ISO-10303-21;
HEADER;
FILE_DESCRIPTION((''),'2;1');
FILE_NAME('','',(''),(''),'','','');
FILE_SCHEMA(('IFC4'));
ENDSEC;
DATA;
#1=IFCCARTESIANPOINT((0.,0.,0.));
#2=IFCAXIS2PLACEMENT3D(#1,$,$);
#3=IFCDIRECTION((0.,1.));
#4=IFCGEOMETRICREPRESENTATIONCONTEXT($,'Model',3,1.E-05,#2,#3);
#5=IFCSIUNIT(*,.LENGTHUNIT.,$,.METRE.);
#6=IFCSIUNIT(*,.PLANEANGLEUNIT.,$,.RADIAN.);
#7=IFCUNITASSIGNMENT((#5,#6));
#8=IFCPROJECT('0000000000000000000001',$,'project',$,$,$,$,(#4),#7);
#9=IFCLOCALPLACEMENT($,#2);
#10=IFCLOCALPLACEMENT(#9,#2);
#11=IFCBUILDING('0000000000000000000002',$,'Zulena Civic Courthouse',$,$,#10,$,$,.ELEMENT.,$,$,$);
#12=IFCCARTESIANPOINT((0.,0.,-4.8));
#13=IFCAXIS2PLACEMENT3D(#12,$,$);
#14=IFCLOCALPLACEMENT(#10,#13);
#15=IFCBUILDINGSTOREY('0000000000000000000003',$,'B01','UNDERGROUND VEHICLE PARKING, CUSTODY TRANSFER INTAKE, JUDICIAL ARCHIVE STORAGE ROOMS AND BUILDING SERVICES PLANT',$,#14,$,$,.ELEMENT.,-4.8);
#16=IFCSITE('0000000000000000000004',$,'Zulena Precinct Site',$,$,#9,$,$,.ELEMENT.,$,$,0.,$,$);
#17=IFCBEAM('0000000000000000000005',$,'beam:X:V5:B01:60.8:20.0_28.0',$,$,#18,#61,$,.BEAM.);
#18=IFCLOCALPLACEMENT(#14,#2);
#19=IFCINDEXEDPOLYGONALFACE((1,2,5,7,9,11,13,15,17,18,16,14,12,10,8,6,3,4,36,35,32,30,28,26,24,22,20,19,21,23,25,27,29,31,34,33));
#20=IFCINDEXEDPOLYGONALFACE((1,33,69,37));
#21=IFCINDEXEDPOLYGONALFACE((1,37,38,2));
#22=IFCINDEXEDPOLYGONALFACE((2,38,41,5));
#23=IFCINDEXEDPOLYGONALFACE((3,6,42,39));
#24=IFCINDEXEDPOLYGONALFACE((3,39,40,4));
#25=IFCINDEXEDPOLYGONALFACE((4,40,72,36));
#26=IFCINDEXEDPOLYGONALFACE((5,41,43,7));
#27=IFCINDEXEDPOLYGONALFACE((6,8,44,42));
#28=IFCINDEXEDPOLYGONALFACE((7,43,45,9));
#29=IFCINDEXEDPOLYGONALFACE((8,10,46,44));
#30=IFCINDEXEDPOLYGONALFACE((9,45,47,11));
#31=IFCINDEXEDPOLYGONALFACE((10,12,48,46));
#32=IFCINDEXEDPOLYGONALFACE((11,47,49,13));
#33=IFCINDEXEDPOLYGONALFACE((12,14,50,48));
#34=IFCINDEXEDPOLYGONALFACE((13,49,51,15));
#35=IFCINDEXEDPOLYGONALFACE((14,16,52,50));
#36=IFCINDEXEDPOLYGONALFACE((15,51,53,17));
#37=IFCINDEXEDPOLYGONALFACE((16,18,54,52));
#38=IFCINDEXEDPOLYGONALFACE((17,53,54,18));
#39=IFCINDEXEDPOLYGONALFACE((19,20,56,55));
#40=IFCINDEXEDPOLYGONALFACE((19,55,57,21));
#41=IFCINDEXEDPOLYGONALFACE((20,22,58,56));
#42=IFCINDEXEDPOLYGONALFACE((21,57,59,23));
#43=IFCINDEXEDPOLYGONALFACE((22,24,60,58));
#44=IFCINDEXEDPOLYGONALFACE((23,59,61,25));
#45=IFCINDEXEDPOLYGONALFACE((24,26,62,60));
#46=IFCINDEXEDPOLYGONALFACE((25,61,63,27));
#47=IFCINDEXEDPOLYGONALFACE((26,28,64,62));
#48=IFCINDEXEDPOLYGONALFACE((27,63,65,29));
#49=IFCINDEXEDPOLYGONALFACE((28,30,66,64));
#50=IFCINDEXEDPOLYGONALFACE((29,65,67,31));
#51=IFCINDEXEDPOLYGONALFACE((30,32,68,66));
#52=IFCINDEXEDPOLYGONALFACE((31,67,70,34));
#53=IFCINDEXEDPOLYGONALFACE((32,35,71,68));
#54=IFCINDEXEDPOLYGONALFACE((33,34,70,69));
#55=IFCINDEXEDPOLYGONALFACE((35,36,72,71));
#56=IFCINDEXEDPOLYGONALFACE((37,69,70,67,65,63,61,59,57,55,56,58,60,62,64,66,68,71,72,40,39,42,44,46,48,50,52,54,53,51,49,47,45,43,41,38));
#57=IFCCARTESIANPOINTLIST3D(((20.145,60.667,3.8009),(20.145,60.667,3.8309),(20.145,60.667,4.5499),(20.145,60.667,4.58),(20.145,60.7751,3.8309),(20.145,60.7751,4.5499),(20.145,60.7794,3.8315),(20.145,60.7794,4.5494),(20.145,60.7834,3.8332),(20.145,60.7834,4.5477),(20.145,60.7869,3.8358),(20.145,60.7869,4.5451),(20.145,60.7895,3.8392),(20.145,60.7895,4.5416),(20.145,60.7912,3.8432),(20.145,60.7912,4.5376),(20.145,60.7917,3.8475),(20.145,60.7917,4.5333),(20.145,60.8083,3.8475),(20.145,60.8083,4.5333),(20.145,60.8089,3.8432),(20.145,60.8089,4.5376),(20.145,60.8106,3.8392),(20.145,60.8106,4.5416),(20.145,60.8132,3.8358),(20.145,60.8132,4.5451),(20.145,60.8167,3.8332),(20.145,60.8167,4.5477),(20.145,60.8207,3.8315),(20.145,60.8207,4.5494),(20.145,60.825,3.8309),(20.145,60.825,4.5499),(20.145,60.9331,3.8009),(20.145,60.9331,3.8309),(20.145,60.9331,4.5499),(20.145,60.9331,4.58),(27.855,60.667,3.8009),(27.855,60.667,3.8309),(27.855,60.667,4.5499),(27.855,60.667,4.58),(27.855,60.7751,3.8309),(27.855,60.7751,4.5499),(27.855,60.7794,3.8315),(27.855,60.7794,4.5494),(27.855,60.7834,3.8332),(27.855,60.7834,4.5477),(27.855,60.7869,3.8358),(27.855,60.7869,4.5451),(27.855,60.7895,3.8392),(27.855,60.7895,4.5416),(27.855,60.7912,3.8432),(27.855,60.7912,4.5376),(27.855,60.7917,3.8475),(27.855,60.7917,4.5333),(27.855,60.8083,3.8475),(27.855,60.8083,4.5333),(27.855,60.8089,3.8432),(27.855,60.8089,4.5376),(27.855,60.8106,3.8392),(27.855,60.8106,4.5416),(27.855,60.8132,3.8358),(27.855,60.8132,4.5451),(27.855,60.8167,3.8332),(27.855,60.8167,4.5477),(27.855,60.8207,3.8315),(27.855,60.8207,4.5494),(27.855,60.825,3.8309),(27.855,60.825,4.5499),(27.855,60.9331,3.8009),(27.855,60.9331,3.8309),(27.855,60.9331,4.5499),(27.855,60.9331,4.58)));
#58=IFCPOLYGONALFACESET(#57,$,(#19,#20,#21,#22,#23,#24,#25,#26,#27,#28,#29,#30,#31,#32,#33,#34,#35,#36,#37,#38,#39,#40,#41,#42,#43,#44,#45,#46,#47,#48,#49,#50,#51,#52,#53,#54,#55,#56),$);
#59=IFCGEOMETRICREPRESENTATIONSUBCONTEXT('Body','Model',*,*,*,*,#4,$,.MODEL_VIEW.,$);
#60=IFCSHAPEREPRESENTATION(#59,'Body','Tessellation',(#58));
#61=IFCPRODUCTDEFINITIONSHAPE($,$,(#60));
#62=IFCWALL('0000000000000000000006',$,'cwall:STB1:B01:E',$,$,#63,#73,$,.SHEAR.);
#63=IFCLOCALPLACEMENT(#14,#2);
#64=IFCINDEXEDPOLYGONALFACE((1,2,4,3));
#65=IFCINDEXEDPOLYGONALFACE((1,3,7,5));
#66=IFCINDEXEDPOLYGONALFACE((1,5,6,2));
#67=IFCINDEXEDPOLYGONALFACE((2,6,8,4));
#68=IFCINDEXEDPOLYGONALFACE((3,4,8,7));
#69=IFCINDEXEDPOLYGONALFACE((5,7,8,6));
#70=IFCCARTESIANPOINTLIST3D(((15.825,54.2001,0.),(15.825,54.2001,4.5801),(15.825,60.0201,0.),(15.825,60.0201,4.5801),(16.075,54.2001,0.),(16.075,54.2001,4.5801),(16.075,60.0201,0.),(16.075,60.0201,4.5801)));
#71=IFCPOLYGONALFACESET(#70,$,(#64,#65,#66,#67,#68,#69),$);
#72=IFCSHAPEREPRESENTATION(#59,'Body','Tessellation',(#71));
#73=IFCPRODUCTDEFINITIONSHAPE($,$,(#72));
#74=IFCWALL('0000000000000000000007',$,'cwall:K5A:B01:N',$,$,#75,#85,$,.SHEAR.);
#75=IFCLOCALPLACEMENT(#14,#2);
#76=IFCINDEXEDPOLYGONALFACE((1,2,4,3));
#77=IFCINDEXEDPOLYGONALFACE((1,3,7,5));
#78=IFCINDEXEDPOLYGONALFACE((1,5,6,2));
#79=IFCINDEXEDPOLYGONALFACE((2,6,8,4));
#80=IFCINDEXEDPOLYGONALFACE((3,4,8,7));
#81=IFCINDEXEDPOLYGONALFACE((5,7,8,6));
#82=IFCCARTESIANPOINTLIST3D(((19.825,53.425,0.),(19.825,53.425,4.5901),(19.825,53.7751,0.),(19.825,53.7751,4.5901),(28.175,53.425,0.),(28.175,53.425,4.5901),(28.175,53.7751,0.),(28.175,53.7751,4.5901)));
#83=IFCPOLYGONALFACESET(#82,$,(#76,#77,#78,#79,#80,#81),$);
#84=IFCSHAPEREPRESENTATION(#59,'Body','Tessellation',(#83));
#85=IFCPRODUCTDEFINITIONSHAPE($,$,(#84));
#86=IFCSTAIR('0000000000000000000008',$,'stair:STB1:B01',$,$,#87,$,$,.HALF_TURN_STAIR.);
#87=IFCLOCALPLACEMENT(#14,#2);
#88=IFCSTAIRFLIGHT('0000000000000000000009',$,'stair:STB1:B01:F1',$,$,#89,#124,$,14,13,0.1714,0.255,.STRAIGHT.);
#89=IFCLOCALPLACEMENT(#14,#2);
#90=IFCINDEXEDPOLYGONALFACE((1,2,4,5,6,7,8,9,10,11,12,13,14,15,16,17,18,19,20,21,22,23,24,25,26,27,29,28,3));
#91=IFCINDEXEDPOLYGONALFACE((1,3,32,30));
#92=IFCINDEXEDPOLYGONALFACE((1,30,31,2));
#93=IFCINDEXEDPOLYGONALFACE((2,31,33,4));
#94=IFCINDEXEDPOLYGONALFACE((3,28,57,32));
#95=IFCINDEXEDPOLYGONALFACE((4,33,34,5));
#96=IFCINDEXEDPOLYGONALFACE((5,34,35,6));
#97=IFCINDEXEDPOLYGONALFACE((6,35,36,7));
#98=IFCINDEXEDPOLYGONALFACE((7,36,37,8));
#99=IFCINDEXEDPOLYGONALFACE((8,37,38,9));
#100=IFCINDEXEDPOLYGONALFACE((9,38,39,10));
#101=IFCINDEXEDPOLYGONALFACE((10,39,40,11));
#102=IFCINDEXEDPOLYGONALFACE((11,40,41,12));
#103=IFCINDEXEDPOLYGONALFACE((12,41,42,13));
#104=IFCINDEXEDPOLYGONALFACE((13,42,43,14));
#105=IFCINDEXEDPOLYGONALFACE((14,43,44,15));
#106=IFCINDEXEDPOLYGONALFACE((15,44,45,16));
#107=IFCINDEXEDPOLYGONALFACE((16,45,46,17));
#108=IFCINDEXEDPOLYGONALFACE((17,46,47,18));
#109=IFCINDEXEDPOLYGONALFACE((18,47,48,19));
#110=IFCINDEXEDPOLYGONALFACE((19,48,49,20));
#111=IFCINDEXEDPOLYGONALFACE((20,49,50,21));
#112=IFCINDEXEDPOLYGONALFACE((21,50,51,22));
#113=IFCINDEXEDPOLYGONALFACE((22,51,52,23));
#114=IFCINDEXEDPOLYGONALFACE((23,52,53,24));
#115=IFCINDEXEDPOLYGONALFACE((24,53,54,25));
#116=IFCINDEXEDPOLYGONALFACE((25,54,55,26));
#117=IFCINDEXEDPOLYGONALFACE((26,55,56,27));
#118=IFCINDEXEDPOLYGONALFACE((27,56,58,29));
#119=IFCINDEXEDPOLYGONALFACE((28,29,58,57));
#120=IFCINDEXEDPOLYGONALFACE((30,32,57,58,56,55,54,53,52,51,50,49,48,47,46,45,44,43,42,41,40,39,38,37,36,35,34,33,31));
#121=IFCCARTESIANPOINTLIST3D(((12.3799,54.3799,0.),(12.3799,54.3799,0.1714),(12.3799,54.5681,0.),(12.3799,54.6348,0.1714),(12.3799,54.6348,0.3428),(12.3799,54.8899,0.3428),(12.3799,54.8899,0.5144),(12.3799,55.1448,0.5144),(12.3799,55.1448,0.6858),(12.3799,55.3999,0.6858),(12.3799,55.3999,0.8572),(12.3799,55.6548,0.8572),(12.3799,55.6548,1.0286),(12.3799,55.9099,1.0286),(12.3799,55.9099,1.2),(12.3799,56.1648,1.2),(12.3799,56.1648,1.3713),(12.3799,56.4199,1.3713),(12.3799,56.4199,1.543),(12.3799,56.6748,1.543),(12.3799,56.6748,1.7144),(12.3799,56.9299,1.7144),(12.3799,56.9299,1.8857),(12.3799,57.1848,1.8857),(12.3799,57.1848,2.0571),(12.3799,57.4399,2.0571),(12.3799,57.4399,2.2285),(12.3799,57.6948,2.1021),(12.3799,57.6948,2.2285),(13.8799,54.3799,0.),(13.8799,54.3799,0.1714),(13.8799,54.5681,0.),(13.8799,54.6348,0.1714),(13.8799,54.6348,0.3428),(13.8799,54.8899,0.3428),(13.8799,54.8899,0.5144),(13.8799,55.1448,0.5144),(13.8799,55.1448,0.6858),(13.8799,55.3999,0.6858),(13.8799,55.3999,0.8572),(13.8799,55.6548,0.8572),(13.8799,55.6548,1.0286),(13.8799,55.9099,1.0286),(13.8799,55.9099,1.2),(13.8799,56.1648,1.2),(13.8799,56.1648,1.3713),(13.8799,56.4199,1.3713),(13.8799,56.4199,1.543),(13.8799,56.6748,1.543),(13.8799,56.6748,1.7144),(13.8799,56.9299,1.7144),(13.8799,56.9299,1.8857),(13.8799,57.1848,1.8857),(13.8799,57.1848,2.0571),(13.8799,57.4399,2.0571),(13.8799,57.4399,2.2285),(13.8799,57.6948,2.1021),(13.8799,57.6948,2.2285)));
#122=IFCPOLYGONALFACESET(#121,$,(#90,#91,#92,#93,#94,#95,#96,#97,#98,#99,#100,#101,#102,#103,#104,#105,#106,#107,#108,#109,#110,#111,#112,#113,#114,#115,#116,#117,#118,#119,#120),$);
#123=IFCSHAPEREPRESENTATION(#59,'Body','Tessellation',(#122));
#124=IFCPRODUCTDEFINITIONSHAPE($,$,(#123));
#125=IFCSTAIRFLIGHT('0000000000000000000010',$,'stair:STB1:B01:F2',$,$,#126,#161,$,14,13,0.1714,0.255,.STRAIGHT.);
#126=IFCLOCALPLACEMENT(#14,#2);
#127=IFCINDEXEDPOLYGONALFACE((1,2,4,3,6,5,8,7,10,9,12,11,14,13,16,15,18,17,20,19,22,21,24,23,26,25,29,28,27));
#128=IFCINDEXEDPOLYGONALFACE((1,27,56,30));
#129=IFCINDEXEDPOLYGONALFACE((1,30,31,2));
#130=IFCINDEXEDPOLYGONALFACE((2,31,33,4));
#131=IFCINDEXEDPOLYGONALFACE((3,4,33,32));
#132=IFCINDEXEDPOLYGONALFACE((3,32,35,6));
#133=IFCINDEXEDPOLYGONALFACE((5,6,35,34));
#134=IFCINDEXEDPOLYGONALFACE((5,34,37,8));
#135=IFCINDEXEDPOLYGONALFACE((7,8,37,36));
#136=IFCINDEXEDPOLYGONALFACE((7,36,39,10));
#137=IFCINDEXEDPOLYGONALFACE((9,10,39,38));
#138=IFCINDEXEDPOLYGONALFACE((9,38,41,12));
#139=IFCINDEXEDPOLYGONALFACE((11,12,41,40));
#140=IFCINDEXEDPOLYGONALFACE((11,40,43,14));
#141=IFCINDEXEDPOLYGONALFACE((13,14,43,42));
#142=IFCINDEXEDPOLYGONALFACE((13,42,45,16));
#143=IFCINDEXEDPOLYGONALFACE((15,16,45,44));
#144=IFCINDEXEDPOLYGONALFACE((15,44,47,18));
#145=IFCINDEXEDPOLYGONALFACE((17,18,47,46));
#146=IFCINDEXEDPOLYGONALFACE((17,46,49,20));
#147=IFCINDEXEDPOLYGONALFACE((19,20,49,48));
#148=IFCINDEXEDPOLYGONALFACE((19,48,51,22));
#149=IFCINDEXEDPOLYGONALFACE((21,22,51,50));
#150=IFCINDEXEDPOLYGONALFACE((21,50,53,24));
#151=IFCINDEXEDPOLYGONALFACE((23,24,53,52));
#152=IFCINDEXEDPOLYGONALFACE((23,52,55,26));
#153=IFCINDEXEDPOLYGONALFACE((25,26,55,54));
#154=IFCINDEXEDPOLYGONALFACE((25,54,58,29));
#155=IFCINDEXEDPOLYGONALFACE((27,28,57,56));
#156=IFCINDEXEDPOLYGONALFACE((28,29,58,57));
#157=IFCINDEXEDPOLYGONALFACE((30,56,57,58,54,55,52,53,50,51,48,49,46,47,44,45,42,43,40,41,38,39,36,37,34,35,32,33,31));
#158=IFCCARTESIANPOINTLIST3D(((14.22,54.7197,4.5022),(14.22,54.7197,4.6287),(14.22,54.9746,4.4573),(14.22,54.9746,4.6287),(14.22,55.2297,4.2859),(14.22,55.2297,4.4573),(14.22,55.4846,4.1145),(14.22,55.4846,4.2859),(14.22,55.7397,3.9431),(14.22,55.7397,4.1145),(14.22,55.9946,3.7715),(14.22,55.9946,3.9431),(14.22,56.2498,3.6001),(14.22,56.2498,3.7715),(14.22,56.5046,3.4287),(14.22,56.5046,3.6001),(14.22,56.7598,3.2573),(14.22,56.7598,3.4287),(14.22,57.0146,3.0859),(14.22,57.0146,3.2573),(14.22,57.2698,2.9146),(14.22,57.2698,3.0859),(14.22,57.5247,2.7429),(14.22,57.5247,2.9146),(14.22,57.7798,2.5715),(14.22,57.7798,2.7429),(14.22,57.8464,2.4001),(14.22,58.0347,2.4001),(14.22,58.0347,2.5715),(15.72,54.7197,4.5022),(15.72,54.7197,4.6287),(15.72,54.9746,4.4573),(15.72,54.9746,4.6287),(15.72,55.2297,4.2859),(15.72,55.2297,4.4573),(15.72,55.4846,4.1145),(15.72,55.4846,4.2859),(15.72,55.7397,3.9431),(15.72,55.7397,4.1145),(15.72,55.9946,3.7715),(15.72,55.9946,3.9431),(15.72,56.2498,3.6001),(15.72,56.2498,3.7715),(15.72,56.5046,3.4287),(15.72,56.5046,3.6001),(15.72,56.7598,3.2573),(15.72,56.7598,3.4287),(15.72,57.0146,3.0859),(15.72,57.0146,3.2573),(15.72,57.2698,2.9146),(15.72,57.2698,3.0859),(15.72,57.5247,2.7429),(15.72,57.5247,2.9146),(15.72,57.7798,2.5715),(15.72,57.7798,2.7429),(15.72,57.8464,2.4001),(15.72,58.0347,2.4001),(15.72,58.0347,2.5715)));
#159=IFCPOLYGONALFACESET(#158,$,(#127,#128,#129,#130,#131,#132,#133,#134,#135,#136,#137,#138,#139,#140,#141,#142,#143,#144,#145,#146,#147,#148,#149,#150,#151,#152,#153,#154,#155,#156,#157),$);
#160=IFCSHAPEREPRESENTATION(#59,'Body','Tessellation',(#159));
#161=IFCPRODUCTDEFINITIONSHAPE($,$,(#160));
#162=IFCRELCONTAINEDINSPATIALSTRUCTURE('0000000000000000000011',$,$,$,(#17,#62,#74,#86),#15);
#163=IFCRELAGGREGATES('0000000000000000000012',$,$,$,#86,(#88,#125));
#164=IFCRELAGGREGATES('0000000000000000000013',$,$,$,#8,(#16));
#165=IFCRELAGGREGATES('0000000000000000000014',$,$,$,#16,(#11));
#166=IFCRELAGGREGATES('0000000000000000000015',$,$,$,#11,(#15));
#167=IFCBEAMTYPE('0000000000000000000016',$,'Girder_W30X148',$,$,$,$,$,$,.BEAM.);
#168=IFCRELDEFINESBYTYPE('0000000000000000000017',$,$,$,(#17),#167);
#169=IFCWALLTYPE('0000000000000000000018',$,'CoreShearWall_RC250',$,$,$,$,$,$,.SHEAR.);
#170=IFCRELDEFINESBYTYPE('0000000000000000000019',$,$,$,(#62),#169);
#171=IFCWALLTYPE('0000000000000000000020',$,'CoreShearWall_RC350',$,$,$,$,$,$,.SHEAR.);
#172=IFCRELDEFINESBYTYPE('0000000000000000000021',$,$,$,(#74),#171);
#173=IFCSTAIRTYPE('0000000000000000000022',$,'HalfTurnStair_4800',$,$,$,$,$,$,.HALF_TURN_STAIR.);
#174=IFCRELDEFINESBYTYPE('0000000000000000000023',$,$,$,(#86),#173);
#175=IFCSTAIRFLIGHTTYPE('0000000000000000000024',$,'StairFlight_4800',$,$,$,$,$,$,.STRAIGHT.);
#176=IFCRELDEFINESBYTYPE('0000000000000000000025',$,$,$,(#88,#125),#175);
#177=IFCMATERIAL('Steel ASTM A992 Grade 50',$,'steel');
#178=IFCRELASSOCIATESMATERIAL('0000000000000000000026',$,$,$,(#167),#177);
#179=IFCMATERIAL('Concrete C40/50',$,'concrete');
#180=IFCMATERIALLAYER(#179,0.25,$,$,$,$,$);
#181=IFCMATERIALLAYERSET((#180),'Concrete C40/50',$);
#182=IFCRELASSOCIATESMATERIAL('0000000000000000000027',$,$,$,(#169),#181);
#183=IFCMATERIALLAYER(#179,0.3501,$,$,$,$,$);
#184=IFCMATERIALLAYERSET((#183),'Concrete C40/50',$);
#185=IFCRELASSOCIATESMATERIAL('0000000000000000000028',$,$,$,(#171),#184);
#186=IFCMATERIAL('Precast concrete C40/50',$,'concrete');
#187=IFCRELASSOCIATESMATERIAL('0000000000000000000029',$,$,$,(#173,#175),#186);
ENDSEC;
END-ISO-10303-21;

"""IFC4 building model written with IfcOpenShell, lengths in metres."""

from ifc_helpers import new_model, si_unit, direction, frame, frame_2d, origin, origin_2d, place, context, subcontext, project, spatial, polyline, rectangle, i_section, outline, extrude, material, layer, layer_set, material_profile, profile_set, type_object, element, aggregate, save


model = new_model("IFC4")

# Units and contexts
model_context = context("Model", 3, precision=1e-05, world=origin(), true_north=direction((0.0, 1.0)))
body_context = subcontext(model_context, "Body", "Model", "MODEL_VIEW")
ifc_project = project(units=[si_unit("LENGTHUNIT", "METRE"), si_unit("PLANEANGLEUNIT", "RADIAN")], contexts=[model_context])

# Site, building, storey
site_placement = place(None, origin())
site = spatial("IfcSite", under=ifc_project, at=site_placement, Name="Zulena Precinct Site", CompositionType="ELEMENT", RefElevation=0.0)
building_placement = place(site_placement, origin())
building = spatial("IfcBuilding", under=site, at=building_placement, Name="Zulena Civic Courthouse", CompositionType="ELEMENT")
storey_placement = place(building_placement, frame((0.0, 0.0, -4.8)))
storey = spatial("IfcBuildingStorey", under=building, at=storey_placement, Name="B01", Description="UNDERGROUND VEHICLE PARKING, CUSTODY TRANSFER INTAKE, JUDICIAL ARCHIVE STORAGE ROOMS AND BUILDING SERVICES PLANT", CompositionType="ELEMENT", Elevation=-4.8)

# Shared definitions
ifc_material_1 = material(Name="Concrete C40/50", Category="concrete")

# Shared definitions
ifc_material_2 = material(Name="Steel ASTM A992 Grade 50", Category="steel")

# Beam
ifc_material_profile_1 = material_profile(ifc_material_2, i_section(OverallWidth=0.2661, OverallDepth=0.7791, WebThickness=0.0166, FlangeThickness=0.03, FilletRadius=0.0166, at=origin_2d()), Name="W30X148")
ifc_profile_set_1 = profile_set([ifc_material_profile_1], Name="Steel ASTM A992 Grade 50")
beam_type_1 = type_object("IfcBeamType", Name="Girder_W30X148", PredefinedType="BEAM", material=ifc_profile_set_1)
beam_1_placement = place(storey_placement, frame((20.145, 60.8, 4.1904), z_axis=(1.0, 0.0, 0.0), x_axis=(0.0, 1.0, 0.0)))
element("IfcBeam", 1, at=beam_1_placement, inside=storey, type_object=beam_type_1, Name="beam:X:V5:B01:60.8:20.0_28.0", PredefinedType="BEAM", context=body_context, shape_type="SweptSolid", body=[
    extrude(i_section(OverallWidth=0.2661, OverallDepth=0.7791, WebThickness=0.0166, FlangeThickness=0.03, FilletRadius=0.0166, at=origin_2d()), origin(), (0.0, 0.0, 1.0), 7.71),
])

# Walls
ifc_layer_1 = layer(ifc_material_1, 0.25)
ifc_layer_set_1 = layer_set([ifc_layer_1], Name="Concrete C40/50")
wall_type_1 = type_object("IfcWallType", Name="CoreShearWall_RC250", PredefinedType="SHEAR", material=ifc_layer_set_1)
wall_1_placement = place(storey_placement, frame((15.95, 54.2, 0.0), z_axis=(0.0, 0.0, 1.0), x_axis=(0.0, 1.0, 0.0)))
element("IfcWall", 2, at=wall_1_placement, inside=storey, type_object=wall_type_1, Name="cwall:STB1:B01:E", PredefinedType="SHEAR", context=body_context, shape_type="SweptSolid", body=[
    extrude(rectangle(XDim=5.8201, YDim=0.25, at=frame_2d((2.9102, 0.0))), origin(), (0.0, 0.0, 1.0), 4.5801),
])
ifc_layer_2 = layer(ifc_material_1, 0.3501)
ifc_layer_set_2 = layer_set([ifc_layer_2], Name="Concrete C40/50")
wall_type_2 = type_object("IfcWallType", Name="CoreShearWall_RC350", PredefinedType="SHEAR", material=ifc_layer_set_2)
wall_2_placement = place(storey_placement, frame((19.825, 53.6001, 0.0), z_axis=(0.0, 0.0, 1.0), x_axis=(1.0, 0.0, 0.0)))
element("IfcWall", 3, at=wall_2_placement, inside=storey, type_object=wall_type_2, Name="cwall:K5A:B01:N", PredefinedType="SHEAR", context=body_context, shape_type="SweptSolid", body=[
    extrude(rectangle(XDim=8.3501, YDim=0.3501, at=frame_2d((4.175, 0.0))), origin(), (0.0, 0.0, 1.0), 4.5901),
])

# Stair, stair flights
ifc_material_3 = material(Name="Precast concrete C40/50", Category="concrete")
stair_type = type_object("IfcStairType", Name="HalfTurnStair_4800", PredefinedType="HALF_TURN_STAIR", material=ifc_material_3)
stair_placement = place(storey_placement, origin())
stair = element("IfcStair", 4, at=stair_placement, inside=storey, type_object=stair_type, Name="stair:STB1:B01", PredefinedType="HALF_TURN_STAIR")
stair_flight_type = type_object("IfcStairFlightType", Name="StairFlight_4800", PredefinedType="STRAIGHT", material=ifc_material_3)
stair_flight_1_placement = place(storey_placement, frame((13.1299, 54.3799, 0.0), z_axis=(0.0, 0.0, 1.0), x_axis=(0.0, 1.0, 0.0)))
stair_flight_1 = element("IfcStairFlight", 5, at=stair_flight_1_placement, type_object=stair_flight_type, Name="stair:STB1:B01:F1", NumberOfRisers=14, NumberOfTreads=13, PredefinedType="STRAIGHT", RiserHeight=0.1714, TreadLength=0.255, context=body_context, shape_type="SweptSolid", body=[
    extrude(outline(polyline([(0.0, 0.0), (0.0, 0.1714), (0.2549, 0.1714), (0.2549, 0.3428), (0.51, 0.3428), (0.51, 0.5144), (0.7649, 0.5144), (0.7649, 0.6858), (1.02, 0.6858), (1.02, 0.8572), (1.2749, 0.8572), (1.2749, 1.0286), (1.53, 1.0286), (1.53, 1.2), (1.7849, 1.2), (1.7849, 1.3713), (2.04, 1.3713), (2.04, 1.543), (2.2949, 1.543), (2.2949, 1.7144), (2.55, 1.7144), (2.55, 1.8857), (2.8049, 1.8857), (2.8049, 2.0571), (3.0601, 2.0571), (3.0601, 2.2285), (3.3149, 2.2285), (3.3149, 2.3999), (3.3149, 2.1021), (0.1882, 0.0), (0.0, 0.0)])), frame((0.0, 0.75, 0.0), z_axis=(0.0, -1.0, 0.0), x_axis=(1.0, 0.0, 0.0)), (0.0, 0.0, 1.0), 1.5),
])
stair_flight_2_placement = place(storey_placement, frame((14.97, 58.0347, 2.4001), z_axis=(0.0, 0.0, 1.0), x_axis=(0.0, -1.0, 0.0)))
stair_flight_2 = element("IfcStairFlight", 6, at=stair_flight_2_placement, type_object=stair_flight_type, Name="stair:STB1:B01:F2", NumberOfRisers=14, NumberOfTreads=13, PredefinedType="STRAIGHT", RiserHeight=0.1714, TreadLength=0.255, context=body_context, shape_type="SweptSolid", body=[
    extrude(outline(polyline([(0.0, 0.0), (0.0, 0.1714), (0.2549, 0.1714), (0.2549, 0.3428), (0.51, 0.3428), (0.51, 0.5144), (0.7649, 0.5144), (0.7649, 0.6858), (1.02, 0.6858), (1.02, 0.8572), (1.2749, 0.8572), (1.2749, 1.0286), (1.53, 1.0286), (1.53, 1.2), (1.7849, 1.2), (1.7849, 1.3713), (2.04, 1.3713), (2.04, 1.543), (2.2949, 1.543), (2.2949, 1.7144), (2.55, 1.7144), (2.55, 1.8857), (2.8049, 1.8857), (2.8049, 2.0571), (3.0601, 2.0571), (3.0601, 2.2285), (3.3149, 2.2285), (3.3149, 2.3999), (3.3149, 2.1021), (0.1882, 0.0), (0.0, 0.0)])), frame((0.0, 0.75, 0.0), z_axis=(0.0, -1.0, 0.0), x_axis=(1.0, 0.0, 0.0)), (0.0, 0.0, 1.0), 1.5),
])
aggregate(stair, [stair_flight_1, stair_flight_2])

save(model, "model.ifc")
